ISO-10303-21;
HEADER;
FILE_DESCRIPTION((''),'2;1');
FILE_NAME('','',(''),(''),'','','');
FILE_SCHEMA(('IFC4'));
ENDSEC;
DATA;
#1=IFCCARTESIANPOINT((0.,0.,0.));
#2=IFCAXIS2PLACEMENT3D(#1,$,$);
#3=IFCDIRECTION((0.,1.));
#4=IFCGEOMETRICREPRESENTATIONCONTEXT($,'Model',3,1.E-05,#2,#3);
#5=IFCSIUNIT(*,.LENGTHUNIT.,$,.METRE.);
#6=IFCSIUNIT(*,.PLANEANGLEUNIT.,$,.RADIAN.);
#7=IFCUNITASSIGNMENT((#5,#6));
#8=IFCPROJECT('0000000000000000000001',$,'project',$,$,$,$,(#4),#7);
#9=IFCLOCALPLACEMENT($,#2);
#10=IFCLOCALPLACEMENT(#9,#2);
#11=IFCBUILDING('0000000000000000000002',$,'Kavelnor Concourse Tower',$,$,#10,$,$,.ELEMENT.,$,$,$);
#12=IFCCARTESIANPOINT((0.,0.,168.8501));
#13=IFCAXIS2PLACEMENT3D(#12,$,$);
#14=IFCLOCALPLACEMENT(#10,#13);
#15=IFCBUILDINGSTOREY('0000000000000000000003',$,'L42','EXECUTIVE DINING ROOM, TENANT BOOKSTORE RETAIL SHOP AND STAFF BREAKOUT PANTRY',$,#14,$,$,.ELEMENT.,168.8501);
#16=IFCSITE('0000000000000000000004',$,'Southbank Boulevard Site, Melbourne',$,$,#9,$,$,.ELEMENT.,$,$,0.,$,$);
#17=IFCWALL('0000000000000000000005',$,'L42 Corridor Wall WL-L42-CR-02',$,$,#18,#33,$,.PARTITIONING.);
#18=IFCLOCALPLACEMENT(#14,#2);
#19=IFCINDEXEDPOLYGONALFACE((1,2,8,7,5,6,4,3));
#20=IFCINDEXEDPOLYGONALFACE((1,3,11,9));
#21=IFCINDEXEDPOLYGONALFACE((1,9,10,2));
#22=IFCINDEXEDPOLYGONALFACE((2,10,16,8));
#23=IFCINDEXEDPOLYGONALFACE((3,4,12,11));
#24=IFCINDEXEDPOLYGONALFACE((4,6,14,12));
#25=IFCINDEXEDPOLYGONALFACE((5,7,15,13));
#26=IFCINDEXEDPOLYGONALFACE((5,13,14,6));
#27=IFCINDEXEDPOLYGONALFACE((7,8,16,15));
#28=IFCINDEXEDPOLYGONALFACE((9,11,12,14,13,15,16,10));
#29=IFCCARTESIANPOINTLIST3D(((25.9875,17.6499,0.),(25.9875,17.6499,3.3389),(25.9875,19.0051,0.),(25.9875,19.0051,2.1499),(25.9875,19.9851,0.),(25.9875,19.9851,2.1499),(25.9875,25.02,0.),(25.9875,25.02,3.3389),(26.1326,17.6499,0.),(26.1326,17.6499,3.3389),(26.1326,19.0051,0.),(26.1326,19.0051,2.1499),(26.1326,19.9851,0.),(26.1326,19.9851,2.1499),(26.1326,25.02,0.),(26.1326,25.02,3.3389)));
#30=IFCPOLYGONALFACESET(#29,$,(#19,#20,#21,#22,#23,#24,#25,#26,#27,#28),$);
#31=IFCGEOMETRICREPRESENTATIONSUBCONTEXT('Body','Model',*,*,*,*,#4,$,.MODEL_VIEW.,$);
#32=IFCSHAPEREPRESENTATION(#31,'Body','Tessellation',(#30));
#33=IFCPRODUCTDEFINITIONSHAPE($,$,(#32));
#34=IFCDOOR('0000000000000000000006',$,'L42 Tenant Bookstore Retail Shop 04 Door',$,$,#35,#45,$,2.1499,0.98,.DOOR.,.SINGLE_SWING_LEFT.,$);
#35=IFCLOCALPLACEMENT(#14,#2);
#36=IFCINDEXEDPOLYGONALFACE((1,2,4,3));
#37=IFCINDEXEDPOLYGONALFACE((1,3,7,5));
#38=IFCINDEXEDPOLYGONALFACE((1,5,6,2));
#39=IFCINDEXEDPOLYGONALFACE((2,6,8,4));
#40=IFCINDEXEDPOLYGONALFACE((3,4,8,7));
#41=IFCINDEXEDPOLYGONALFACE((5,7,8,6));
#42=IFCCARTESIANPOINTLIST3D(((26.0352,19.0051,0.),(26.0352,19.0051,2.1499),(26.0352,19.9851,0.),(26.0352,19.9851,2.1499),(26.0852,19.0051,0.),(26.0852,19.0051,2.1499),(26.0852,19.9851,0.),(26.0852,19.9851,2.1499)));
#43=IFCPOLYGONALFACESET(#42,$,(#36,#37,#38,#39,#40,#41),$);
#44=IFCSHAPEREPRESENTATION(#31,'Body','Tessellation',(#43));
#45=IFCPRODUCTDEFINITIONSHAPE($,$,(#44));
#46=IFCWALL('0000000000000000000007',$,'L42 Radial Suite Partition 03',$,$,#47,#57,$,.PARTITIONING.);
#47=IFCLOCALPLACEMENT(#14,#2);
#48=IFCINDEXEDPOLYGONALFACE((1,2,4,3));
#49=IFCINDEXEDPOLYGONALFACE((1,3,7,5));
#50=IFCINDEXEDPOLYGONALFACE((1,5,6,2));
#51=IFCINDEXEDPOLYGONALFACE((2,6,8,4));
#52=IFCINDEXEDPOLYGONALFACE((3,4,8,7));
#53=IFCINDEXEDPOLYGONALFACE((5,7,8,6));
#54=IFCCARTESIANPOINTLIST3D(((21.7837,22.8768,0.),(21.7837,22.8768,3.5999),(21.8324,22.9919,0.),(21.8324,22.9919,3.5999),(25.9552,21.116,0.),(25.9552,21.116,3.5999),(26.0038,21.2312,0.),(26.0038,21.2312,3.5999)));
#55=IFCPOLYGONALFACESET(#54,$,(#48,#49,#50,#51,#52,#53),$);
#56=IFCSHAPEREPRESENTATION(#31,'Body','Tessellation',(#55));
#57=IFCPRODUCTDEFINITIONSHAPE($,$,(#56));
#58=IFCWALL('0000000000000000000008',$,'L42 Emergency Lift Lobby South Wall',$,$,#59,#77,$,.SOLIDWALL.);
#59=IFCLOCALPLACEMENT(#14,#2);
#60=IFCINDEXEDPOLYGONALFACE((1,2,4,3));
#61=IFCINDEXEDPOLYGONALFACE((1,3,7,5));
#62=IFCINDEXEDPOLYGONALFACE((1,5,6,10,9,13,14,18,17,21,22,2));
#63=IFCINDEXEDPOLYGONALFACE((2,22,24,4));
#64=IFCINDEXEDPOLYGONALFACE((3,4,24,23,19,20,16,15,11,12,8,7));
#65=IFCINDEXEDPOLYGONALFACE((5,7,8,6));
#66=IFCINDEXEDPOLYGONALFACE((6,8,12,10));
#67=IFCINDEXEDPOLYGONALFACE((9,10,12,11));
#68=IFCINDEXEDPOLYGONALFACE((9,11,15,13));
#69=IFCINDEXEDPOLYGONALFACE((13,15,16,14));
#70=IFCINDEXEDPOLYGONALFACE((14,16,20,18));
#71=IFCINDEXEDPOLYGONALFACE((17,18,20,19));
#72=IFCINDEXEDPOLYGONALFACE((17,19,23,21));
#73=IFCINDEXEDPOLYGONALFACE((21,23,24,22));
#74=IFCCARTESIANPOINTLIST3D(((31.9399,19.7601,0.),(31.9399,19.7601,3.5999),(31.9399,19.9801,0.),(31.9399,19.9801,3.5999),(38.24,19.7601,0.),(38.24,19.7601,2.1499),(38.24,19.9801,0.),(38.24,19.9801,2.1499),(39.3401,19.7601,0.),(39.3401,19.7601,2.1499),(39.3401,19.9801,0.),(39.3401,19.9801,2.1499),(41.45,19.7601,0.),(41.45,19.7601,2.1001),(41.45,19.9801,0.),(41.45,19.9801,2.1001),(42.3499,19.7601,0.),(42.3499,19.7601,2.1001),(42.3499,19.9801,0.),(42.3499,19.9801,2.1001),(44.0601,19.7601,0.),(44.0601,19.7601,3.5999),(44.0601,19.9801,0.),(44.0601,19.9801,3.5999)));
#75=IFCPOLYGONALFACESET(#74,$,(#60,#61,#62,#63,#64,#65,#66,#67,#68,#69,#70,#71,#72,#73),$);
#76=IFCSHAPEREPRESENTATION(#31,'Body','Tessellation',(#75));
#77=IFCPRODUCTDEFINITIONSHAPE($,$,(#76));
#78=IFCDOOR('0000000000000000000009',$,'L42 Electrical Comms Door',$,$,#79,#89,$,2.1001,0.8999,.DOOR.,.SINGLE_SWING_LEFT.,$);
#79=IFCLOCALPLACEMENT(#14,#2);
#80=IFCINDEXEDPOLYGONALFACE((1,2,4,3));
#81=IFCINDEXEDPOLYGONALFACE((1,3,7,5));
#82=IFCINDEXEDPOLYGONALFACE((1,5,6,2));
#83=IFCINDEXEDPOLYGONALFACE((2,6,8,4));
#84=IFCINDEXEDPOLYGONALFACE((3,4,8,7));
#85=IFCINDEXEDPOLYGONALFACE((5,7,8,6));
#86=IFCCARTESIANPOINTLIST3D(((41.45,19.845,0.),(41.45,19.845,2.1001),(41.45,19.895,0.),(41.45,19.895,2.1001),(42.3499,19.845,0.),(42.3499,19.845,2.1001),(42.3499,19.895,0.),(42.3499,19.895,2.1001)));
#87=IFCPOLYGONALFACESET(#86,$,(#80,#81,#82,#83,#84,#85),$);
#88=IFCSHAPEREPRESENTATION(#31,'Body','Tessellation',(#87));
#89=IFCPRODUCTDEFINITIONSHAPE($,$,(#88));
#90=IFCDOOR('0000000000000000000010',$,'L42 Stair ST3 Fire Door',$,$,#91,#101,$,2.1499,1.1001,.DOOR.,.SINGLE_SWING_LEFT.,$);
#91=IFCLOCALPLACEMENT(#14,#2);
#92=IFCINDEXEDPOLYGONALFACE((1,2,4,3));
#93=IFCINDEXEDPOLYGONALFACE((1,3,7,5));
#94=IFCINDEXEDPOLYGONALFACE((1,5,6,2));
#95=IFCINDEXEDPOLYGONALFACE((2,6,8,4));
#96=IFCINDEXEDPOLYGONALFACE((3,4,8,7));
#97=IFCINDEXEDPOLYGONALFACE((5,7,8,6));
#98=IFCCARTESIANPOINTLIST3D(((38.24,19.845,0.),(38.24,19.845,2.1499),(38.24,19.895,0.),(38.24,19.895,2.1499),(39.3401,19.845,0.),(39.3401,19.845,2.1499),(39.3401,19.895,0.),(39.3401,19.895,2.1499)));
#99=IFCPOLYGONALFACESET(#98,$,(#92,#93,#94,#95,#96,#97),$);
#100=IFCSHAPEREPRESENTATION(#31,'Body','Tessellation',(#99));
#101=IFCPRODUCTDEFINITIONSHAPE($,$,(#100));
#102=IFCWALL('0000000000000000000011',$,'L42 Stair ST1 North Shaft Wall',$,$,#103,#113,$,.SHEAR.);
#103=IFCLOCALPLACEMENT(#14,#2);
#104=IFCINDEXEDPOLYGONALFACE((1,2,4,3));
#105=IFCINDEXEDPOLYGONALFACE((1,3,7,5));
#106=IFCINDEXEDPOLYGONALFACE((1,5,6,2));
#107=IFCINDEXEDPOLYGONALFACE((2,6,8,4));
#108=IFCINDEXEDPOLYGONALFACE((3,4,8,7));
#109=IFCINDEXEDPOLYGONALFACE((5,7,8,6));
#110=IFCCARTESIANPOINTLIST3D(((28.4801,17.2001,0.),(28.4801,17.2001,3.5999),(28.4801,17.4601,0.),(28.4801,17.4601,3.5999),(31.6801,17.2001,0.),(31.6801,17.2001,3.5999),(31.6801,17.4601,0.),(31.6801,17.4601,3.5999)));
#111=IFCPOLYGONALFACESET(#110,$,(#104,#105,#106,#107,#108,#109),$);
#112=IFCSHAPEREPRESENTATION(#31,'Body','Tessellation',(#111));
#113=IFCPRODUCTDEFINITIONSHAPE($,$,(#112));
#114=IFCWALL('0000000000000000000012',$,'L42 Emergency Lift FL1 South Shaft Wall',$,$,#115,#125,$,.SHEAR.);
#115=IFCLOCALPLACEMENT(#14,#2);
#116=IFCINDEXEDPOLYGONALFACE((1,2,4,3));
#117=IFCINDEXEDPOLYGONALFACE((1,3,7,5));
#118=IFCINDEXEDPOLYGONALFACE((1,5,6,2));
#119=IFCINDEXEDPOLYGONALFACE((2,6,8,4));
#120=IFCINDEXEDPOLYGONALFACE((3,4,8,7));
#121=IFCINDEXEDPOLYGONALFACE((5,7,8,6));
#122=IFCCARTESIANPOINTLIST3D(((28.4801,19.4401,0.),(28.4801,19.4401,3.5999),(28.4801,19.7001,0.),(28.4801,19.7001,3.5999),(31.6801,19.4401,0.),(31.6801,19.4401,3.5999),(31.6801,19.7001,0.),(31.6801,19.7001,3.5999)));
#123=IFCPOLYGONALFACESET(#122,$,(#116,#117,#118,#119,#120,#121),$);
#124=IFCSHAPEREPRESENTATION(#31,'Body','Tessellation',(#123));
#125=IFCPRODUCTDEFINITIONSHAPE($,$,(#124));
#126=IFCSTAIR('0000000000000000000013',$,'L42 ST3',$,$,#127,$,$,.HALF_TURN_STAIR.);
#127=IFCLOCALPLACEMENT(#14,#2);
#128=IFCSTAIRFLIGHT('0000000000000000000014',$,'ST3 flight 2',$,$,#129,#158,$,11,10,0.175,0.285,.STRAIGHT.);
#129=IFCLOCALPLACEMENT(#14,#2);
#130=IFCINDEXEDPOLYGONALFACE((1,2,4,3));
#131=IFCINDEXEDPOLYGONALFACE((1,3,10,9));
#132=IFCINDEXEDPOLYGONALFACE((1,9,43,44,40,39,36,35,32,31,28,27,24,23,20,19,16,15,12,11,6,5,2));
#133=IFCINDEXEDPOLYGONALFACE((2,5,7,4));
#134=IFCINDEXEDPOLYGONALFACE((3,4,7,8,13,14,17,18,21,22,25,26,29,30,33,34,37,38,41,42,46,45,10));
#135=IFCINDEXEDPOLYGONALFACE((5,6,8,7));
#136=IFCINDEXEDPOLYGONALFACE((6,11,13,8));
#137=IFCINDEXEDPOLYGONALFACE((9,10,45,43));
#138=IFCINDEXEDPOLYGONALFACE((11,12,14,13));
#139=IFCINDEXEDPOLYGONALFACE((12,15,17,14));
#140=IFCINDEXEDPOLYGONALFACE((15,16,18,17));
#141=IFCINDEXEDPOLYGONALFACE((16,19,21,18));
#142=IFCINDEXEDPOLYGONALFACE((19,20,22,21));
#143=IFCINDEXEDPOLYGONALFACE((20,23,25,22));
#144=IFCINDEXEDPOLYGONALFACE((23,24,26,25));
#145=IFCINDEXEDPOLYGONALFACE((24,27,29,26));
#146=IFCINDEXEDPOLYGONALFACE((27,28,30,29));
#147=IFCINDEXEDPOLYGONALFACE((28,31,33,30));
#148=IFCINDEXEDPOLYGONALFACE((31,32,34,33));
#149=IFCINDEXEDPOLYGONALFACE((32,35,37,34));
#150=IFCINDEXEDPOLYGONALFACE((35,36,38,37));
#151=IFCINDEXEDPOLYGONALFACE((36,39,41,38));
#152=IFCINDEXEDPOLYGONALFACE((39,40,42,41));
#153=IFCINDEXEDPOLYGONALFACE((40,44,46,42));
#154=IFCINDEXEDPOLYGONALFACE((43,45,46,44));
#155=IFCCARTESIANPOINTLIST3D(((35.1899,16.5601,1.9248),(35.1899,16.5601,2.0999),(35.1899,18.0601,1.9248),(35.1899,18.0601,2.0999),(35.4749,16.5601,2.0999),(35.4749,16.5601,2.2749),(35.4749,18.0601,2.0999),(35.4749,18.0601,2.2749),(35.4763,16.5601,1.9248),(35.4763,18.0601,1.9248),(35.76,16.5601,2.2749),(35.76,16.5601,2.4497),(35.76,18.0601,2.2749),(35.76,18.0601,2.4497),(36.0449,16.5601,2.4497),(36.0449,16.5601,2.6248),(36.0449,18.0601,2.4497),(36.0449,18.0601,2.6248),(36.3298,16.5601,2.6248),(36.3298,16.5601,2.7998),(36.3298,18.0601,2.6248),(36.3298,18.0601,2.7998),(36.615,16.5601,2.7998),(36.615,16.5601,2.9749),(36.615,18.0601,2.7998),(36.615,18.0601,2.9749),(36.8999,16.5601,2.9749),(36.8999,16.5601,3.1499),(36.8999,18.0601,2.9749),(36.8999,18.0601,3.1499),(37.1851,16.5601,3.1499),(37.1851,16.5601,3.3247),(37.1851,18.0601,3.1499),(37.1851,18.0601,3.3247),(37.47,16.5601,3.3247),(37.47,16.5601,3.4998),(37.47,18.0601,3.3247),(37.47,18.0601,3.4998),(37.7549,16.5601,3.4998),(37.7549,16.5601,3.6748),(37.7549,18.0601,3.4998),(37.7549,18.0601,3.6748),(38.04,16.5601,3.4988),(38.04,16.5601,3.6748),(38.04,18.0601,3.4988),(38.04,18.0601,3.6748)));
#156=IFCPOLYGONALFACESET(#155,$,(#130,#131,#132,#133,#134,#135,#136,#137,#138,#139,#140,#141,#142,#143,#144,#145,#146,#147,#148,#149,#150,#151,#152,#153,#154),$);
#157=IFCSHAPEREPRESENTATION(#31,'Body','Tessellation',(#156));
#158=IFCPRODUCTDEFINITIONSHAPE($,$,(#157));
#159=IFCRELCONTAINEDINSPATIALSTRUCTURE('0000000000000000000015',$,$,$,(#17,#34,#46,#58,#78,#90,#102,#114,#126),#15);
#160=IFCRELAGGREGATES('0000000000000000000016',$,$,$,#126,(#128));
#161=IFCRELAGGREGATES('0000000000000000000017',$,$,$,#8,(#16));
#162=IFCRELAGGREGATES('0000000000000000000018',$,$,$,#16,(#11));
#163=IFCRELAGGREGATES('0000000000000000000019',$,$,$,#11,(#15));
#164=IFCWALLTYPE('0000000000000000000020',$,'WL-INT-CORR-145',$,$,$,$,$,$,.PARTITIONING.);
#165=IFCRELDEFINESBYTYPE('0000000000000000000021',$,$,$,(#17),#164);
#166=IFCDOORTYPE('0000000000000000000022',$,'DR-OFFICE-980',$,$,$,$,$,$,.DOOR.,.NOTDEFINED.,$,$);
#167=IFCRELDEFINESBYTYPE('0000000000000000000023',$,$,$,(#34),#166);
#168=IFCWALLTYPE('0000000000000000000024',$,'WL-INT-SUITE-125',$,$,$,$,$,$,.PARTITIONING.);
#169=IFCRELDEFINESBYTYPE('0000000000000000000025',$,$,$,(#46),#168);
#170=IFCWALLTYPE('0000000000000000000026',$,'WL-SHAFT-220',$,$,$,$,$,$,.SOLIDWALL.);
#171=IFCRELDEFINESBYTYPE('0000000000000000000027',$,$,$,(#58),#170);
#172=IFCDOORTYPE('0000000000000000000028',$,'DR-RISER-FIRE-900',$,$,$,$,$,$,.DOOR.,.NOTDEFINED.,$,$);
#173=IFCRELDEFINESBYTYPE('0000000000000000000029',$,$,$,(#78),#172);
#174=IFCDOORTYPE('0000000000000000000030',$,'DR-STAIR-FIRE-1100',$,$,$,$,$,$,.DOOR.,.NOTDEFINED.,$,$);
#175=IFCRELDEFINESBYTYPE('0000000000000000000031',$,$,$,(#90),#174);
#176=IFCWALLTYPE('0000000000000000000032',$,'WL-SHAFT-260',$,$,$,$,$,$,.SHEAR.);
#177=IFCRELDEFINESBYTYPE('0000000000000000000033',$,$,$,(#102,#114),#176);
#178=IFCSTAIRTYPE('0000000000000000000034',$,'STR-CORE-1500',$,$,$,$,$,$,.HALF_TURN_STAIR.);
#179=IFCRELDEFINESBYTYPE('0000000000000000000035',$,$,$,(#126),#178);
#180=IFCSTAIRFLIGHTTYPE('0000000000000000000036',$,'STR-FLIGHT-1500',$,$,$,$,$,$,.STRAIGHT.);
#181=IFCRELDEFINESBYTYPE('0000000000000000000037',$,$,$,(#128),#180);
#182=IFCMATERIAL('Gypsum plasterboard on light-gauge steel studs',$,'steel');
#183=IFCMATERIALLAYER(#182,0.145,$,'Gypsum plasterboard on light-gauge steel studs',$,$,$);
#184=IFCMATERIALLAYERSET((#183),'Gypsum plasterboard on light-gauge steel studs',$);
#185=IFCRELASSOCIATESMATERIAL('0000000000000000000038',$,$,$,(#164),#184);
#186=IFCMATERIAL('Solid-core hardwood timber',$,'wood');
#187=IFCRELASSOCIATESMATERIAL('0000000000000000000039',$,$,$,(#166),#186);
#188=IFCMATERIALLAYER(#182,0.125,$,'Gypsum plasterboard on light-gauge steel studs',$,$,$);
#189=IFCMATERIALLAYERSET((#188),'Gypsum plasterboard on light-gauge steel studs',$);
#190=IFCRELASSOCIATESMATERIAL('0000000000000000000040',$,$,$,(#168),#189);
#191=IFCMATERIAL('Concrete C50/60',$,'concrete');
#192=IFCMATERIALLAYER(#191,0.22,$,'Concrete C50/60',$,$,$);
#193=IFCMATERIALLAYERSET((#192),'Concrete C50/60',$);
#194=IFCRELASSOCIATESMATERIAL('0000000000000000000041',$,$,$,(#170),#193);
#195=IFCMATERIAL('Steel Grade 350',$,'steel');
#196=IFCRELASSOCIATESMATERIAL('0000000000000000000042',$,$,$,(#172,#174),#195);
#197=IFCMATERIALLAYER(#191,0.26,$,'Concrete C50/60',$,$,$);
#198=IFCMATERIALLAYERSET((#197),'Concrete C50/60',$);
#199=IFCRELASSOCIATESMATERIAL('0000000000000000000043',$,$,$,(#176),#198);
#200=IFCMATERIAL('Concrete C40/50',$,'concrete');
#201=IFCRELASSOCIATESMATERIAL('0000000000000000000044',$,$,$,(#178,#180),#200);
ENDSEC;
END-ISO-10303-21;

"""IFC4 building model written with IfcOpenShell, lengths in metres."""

from ifc_helpers import new_model, si_unit, direction, frame, frame_2d, origin, place, context, subcontext, project, spatial, polyline, rectangle, outline, extrude, material, layer, layer_set, type_object, element, fill, aggregate, save


model = new_model("IFC4")

# Units and contexts
model_context = context("Model", 3, precision=1e-05, world=origin(), true_north=direction((0.0, 1.0)))
body_context = subcontext(model_context, "Body", "Model", "MODEL_VIEW")
ifc_project = project(units=[si_unit("LENGTHUNIT", "METRE"), si_unit("PLANEANGLEUNIT", "RADIAN")], contexts=[model_context])

# Site, building, storey
site_placement = place(None, origin())
site = spatial("IfcSite", under=ifc_project, at=site_placement, Name="Southbank Boulevard Site, Melbourne", CompositionType="ELEMENT", RefElevation=0.0)
building_placement = place(site_placement, origin())
building = spatial("IfcBuilding", under=site, at=building_placement, Name="Kavelnor Concourse Tower", CompositionType="ELEMENT")
storey_placement = place(building_placement, frame((0.0, 0.0, 168.8501)))
storey = spatial("IfcBuildingStorey", under=building, at=storey_placement, Name="L42", Description="EXECUTIVE DINING ROOM, TENANT BOOKSTORE RETAIL SHOP AND STAFF BREAKOUT PANTRY", CompositionType="ELEMENT", Elevation=168.8501)

# Shared definitions
ifc_material_1 = material(Name="Steel Grade 350", Category="steel")

# Shared definitions
ifc_material_2 = material(Name="Concrete C50/60", Category="concrete")

# Shared definitions
ifc_material_3 = material(Name="Gypsum plasterboard on light-gauge steel studs", Category="steel")
ifc_layer_1 = layer(ifc_material_3, 0.145, Name="Gypsum plasterboard on light-gauge steel studs")
ifc_layer_set_1 = layer_set([ifc_layer_1], Name="Gypsum plasterboard on light-gauge steel studs")
wall_type_1 = type_object("IfcWallType", Name="WL-INT-CORR-145", PredefinedType="PARTITIONING", material=ifc_layer_set_1)

# Wall, opening, door
wall_1_placement = place(storey_placement, frame((26.0601, 17.6499, 0.0), z_axis=(0.0, 0.0, 1.0), x_axis=(0.0, 1.0, 0.0)))
wall_1 = element("IfcWall", 1, at=wall_1_placement, inside=storey, type_object=wall_type_1, Name="L42 Corridor Wall WL-L42-CR-02", PredefinedType="PARTITIONING", context=body_context, shape_type="SweptSolid", body=[
    extrude(rectangle(XDim=7.3701, YDim=0.145, at=frame_2d((3.6851, 0.0))), origin(), (0.0, 0.0, 1.0), 3.3389),
])
opening_1_placement = place(wall_1_placement, frame((1.3552, 0.0, 0.0)))
opening_1 = element("IfcOpeningElement", 2, at=opening_1_placement, cuts=wall_1, PredefinedType="OPENING", context=body_context, shape_type="SweptSolid", body=[
    extrude(rectangle(XDim=0.98, YDim=2.1499, at=frame_2d((0.49, 1.075))), frame((0.0, 0.0825, 0.0), z_axis=(0.0, -1.0, 0.0), x_axis=(1.0, 0.0, 0.0)), (0.0, 0.0, 1.0), 0.165),
])
ifc_material_4 = material(Name="Solid-core hardwood timber", Category="wood")
door_type_1 = type_object("IfcDoorType", Name="DR-OFFICE-980", OperationType="NOTDEFINED", PredefinedType="DOOR", material=ifc_material_4)
door_1_placement = place(opening_1_placement, origin())
door_1 = element("IfcDoor", 3, at=door_1_placement, inside=storey, type_object=door_type_1, Name="L42 Tenant Bookstore Retail Shop 04 Door", OperationType="SINGLE_SWING_LEFT", OverallHeight=2.1499, OverallWidth=0.98, PredefinedType="DOOR", context=body_context, shape_type="SweptSolid", body=[
    extrude(rectangle(XDim=0.98, YDim=2.1499, at=frame_2d((0.49, 1.075))), frame((0.0, 0.0249, 0.0), z_axis=(0.0, -1.0, 0.0), x_axis=(1.0, 0.0, 0.0)), (0.0, 0.0, 1.0), 0.05),
])
fill(opening_1, door_1)

# Wall
ifc_layer_2 = layer(ifc_material_3, 0.125, Name="Gypsum plasterboard on light-gauge steel studs")
ifc_layer_set_2 = layer_set([ifc_layer_2], Name="Gypsum plasterboard on light-gauge steel studs")
wall_type_2 = type_object("IfcWallType", Name="WL-INT-SUITE-125", PredefinedType="PARTITIONING", material=ifc_layer_set_2)
wall_2_placement = place(storey_placement, frame((25.9795, 21.1736, 0.0), z_axis=(0.0, 0.0, 1.0), x_axis=(-0.92129, 0.388876, 0.0)))
element("IfcWall", 4, at=wall_2_placement, inside=storey, type_object=wall_type_2, Name="L42 Radial Suite Partition 03", PredefinedType="PARTITIONING", context=body_context, shape_type="SweptSolid", body=[
    extrude(rectangle(XDim=4.5278, YDim=0.125, at=frame_2d((2.2639, 0.0))), origin(), (0.0, 0.0, 1.0), 3.5999),
])

# Wall, openings, doors
ifc_layer_3 = layer(ifc_material_2, 0.22, Name="Concrete C50/60")
ifc_layer_set_3 = layer_set([ifc_layer_3], Name="Concrete C50/60")
wall_type_3 = type_object("IfcWallType", Name="WL-SHAFT-220", PredefinedType="SOLIDWALL", material=ifc_layer_set_3)
wall_3_placement = place(storey_placement, frame((31.9399, 19.8701, 0.0), z_axis=(0.0, 0.0, 1.0), x_axis=(1.0, 0.0, 0.0)))
wall_3 = element("IfcWall", 5, at=wall_3_placement, inside=storey, type_object=wall_type_3, Name="L42 Emergency Lift Lobby South Wall", PredefinedType="SOLIDWALL", context=body_context, shape_type="SweptSolid", body=[
    extrude(rectangle(XDim=12.1201, YDim=0.22, at=frame_2d((6.0601, 0.0))), origin(), (0.0, 0.0, 1.0), 3.5999),
])
opening_2_placement = place(wall_3_placement, frame((6.3, 0.0, 0.0)))
opening_2 = element("IfcOpeningElement", 6, at=opening_2_placement, cuts=wall_3, PredefinedType="OPENING", context=body_context, shape_type="SweptSolid", body=[
    extrude(rectangle(XDim=1.1001, YDim=2.1499, at=frame_2d((0.55, 1.075))), frame((0.0, 0.1201, 0.0), z_axis=(0.0, -1.0, 0.0), x_axis=(1.0, 0.0, 0.0)), (0.0, 0.0, 1.0), 0.24),
])
opening_3_placement = place(wall_3_placement, frame((9.51, 0.0, 0.0)))
opening_3 = element("IfcOpeningElement", 7, at=opening_3_placement, cuts=wall_3, PredefinedType="OPENING", context=body_context, shape_type="SweptSolid", body=[
    extrude(rectangle(XDim=0.8999, YDim=2.1001, at=frame_2d((0.45, 1.05))), frame((0.0, 0.1201, 0.0), z_axis=(0.0, -1.0, 0.0), x_axis=(1.0, 0.0, 0.0)), (0.0, 0.0, 1.0), 0.24),
])
door_type_2 = type_object("IfcDoorType", Name="DR-RISER-FIRE-900", OperationType="NOTDEFINED", PredefinedType="DOOR", material=ifc_material_1)
door_2_placement = place(opening_3_placement, origin())
door_2 = element("IfcDoor", 8, at=door_2_placement, inside=storey, type_object=door_type_2, Name="L42 Electrical Comms Door", OperationType="SINGLE_SWING_LEFT", OverallHeight=2.1001, OverallWidth=0.8999, PredefinedType="DOOR", context=body_context, shape_type="SweptSolid", body=[
    extrude(rectangle(XDim=0.8999, YDim=2.1001, at=frame_2d((0.45, 1.05))), frame((0.0, 0.0249, 0.0), z_axis=(0.0, -1.0, 0.0), x_axis=(1.0, 0.0, 0.0)), (0.0, 0.0, 1.0), 0.05),
])
fill(opening_3, door_2)
door_type_3 = type_object("IfcDoorType", Name="DR-STAIR-FIRE-1100", OperationType="NOTDEFINED", PredefinedType="DOOR", material=ifc_material_1)
door_3_placement = place(opening_2_placement, origin())
door_3 = element("IfcDoor", 9, at=door_3_placement, inside=storey, type_object=door_type_3, Name="L42 Stair ST3 Fire Door", OperationType="SINGLE_SWING_LEFT", OverallHeight=2.1499, OverallWidth=1.1001, PredefinedType="DOOR", context=body_context, shape_type="SweptSolid", body=[
    extrude(rectangle(XDim=1.1001, YDim=2.1499, at=frame_2d((0.55, 1.075))), frame((0.0, 0.0249, 0.0), z_axis=(0.0, -1.0, 0.0), x_axis=(1.0, 0.0, 0.0)), (0.0, 0.0, 1.0), 0.05),
])
fill(opening_2, door_3)

# Walls
ifc_layer_4 = layer(ifc_material_2, 0.26, Name="Concrete C50/60")
ifc_layer_set_4 = layer_set([ifc_layer_4], Name="Concrete C50/60")
wall_type_4 = type_object("IfcWallType", Name="WL-SHAFT-260", PredefinedType="SHEAR", material=ifc_layer_set_4)
for number, where, z_axis, x_axis, name in (
    (10, (28.48, 17.3301, 0.0), (0.0, 0.0, 1.0), (1.0, 0.0, 0.0), "L42 Stair ST1 North Shaft Wall"),
    (11, (28.48, 19.5701, 0.0), (0.0, 0.0, 1.0), (1.0, 0.0, 0.0), "L42 Emergency Lift FL1 South Shaft Wall"),
):
    element("IfcWall", number, at=place(storey_placement, frame(where, z_axis=z_axis, x_axis=x_axis)), inside=storey, type_object=wall_type_4, Name=name, PredefinedType="SHEAR", context=body_context, shape_type="SweptSolid", body=[
        extrude(rectangle(XDim=3.2, YDim=0.26, at=frame_2d((1.6001, 0.0))), origin(), (0.0, 0.0, 1.0), 3.5999),
    ])

# Stair, stair flight
ifc_material_5 = material(Name="Concrete C40/50", Category="concrete")
stair_type = type_object("IfcStairType", Name="STR-CORE-1500", PredefinedType="HALF_TURN_STAIR", material=ifc_material_5)
stair_placement = place(storey_placement, origin())
stair = element("IfcStair", 12, at=stair_placement, inside=storey, type_object=stair_type, Name="L42 ST3", PredefinedType="HALF_TURN_STAIR")
stair_flight_type = type_object("IfcStairFlightType", Name="STR-FLIGHT-1500", PredefinedType="STRAIGHT", material=ifc_material_5)
stair_flight_placement = place(storey_placement, frame((35.1899, 17.3101, 1.9248), z_axis=(0.0, 0.0, 1.0), x_axis=(1.0, 0.0, 0.0)))
stair_flight = element("IfcStairFlight", 13, at=stair_flight_placement, type_object=stair_flight_type, Name="ST3 flight 2", NumberOfRisers=11, NumberOfTreads=10, PredefinedType="STRAIGHT", RiserHeight=0.175, TreadLength=0.285, context=body_context, shape_type="SweptSolid", body=[
    extrude(outline(polyline([(0.0, 0.0), (0.0, 0.175), (0.2849, 0.175), (0.2849, 0.3501), (0.5701, 0.3501), (0.5701, 0.5249), (0.855, 0.5249), (0.855, 0.7), (1.1399, 0.7), (1.1399, 0.875), (1.425, 0.875), (1.425, 1.05), (1.71, 1.05), (1.71, 1.2251), (1.9951, 1.2251), (1.9951, 1.3999), (2.28, 1.3999), (2.28, 1.575), (2.5649, 1.575), (2.5649, 1.75), (2.8501, 1.75), (2.8501, 1.925), (2.8501, 1.574), (0.2864, 0.0), (0.0, 0.0)])), frame((0.0, 0.75, 0.0), z_axis=(0.0, -1.0, 0.0), x_axis=(1.0, 0.0, 0.0)), (0.0, 0.0, 1.0), 1.5),
])
aggregate(stair, [stair_flight])

save(model, "model.ifc")
